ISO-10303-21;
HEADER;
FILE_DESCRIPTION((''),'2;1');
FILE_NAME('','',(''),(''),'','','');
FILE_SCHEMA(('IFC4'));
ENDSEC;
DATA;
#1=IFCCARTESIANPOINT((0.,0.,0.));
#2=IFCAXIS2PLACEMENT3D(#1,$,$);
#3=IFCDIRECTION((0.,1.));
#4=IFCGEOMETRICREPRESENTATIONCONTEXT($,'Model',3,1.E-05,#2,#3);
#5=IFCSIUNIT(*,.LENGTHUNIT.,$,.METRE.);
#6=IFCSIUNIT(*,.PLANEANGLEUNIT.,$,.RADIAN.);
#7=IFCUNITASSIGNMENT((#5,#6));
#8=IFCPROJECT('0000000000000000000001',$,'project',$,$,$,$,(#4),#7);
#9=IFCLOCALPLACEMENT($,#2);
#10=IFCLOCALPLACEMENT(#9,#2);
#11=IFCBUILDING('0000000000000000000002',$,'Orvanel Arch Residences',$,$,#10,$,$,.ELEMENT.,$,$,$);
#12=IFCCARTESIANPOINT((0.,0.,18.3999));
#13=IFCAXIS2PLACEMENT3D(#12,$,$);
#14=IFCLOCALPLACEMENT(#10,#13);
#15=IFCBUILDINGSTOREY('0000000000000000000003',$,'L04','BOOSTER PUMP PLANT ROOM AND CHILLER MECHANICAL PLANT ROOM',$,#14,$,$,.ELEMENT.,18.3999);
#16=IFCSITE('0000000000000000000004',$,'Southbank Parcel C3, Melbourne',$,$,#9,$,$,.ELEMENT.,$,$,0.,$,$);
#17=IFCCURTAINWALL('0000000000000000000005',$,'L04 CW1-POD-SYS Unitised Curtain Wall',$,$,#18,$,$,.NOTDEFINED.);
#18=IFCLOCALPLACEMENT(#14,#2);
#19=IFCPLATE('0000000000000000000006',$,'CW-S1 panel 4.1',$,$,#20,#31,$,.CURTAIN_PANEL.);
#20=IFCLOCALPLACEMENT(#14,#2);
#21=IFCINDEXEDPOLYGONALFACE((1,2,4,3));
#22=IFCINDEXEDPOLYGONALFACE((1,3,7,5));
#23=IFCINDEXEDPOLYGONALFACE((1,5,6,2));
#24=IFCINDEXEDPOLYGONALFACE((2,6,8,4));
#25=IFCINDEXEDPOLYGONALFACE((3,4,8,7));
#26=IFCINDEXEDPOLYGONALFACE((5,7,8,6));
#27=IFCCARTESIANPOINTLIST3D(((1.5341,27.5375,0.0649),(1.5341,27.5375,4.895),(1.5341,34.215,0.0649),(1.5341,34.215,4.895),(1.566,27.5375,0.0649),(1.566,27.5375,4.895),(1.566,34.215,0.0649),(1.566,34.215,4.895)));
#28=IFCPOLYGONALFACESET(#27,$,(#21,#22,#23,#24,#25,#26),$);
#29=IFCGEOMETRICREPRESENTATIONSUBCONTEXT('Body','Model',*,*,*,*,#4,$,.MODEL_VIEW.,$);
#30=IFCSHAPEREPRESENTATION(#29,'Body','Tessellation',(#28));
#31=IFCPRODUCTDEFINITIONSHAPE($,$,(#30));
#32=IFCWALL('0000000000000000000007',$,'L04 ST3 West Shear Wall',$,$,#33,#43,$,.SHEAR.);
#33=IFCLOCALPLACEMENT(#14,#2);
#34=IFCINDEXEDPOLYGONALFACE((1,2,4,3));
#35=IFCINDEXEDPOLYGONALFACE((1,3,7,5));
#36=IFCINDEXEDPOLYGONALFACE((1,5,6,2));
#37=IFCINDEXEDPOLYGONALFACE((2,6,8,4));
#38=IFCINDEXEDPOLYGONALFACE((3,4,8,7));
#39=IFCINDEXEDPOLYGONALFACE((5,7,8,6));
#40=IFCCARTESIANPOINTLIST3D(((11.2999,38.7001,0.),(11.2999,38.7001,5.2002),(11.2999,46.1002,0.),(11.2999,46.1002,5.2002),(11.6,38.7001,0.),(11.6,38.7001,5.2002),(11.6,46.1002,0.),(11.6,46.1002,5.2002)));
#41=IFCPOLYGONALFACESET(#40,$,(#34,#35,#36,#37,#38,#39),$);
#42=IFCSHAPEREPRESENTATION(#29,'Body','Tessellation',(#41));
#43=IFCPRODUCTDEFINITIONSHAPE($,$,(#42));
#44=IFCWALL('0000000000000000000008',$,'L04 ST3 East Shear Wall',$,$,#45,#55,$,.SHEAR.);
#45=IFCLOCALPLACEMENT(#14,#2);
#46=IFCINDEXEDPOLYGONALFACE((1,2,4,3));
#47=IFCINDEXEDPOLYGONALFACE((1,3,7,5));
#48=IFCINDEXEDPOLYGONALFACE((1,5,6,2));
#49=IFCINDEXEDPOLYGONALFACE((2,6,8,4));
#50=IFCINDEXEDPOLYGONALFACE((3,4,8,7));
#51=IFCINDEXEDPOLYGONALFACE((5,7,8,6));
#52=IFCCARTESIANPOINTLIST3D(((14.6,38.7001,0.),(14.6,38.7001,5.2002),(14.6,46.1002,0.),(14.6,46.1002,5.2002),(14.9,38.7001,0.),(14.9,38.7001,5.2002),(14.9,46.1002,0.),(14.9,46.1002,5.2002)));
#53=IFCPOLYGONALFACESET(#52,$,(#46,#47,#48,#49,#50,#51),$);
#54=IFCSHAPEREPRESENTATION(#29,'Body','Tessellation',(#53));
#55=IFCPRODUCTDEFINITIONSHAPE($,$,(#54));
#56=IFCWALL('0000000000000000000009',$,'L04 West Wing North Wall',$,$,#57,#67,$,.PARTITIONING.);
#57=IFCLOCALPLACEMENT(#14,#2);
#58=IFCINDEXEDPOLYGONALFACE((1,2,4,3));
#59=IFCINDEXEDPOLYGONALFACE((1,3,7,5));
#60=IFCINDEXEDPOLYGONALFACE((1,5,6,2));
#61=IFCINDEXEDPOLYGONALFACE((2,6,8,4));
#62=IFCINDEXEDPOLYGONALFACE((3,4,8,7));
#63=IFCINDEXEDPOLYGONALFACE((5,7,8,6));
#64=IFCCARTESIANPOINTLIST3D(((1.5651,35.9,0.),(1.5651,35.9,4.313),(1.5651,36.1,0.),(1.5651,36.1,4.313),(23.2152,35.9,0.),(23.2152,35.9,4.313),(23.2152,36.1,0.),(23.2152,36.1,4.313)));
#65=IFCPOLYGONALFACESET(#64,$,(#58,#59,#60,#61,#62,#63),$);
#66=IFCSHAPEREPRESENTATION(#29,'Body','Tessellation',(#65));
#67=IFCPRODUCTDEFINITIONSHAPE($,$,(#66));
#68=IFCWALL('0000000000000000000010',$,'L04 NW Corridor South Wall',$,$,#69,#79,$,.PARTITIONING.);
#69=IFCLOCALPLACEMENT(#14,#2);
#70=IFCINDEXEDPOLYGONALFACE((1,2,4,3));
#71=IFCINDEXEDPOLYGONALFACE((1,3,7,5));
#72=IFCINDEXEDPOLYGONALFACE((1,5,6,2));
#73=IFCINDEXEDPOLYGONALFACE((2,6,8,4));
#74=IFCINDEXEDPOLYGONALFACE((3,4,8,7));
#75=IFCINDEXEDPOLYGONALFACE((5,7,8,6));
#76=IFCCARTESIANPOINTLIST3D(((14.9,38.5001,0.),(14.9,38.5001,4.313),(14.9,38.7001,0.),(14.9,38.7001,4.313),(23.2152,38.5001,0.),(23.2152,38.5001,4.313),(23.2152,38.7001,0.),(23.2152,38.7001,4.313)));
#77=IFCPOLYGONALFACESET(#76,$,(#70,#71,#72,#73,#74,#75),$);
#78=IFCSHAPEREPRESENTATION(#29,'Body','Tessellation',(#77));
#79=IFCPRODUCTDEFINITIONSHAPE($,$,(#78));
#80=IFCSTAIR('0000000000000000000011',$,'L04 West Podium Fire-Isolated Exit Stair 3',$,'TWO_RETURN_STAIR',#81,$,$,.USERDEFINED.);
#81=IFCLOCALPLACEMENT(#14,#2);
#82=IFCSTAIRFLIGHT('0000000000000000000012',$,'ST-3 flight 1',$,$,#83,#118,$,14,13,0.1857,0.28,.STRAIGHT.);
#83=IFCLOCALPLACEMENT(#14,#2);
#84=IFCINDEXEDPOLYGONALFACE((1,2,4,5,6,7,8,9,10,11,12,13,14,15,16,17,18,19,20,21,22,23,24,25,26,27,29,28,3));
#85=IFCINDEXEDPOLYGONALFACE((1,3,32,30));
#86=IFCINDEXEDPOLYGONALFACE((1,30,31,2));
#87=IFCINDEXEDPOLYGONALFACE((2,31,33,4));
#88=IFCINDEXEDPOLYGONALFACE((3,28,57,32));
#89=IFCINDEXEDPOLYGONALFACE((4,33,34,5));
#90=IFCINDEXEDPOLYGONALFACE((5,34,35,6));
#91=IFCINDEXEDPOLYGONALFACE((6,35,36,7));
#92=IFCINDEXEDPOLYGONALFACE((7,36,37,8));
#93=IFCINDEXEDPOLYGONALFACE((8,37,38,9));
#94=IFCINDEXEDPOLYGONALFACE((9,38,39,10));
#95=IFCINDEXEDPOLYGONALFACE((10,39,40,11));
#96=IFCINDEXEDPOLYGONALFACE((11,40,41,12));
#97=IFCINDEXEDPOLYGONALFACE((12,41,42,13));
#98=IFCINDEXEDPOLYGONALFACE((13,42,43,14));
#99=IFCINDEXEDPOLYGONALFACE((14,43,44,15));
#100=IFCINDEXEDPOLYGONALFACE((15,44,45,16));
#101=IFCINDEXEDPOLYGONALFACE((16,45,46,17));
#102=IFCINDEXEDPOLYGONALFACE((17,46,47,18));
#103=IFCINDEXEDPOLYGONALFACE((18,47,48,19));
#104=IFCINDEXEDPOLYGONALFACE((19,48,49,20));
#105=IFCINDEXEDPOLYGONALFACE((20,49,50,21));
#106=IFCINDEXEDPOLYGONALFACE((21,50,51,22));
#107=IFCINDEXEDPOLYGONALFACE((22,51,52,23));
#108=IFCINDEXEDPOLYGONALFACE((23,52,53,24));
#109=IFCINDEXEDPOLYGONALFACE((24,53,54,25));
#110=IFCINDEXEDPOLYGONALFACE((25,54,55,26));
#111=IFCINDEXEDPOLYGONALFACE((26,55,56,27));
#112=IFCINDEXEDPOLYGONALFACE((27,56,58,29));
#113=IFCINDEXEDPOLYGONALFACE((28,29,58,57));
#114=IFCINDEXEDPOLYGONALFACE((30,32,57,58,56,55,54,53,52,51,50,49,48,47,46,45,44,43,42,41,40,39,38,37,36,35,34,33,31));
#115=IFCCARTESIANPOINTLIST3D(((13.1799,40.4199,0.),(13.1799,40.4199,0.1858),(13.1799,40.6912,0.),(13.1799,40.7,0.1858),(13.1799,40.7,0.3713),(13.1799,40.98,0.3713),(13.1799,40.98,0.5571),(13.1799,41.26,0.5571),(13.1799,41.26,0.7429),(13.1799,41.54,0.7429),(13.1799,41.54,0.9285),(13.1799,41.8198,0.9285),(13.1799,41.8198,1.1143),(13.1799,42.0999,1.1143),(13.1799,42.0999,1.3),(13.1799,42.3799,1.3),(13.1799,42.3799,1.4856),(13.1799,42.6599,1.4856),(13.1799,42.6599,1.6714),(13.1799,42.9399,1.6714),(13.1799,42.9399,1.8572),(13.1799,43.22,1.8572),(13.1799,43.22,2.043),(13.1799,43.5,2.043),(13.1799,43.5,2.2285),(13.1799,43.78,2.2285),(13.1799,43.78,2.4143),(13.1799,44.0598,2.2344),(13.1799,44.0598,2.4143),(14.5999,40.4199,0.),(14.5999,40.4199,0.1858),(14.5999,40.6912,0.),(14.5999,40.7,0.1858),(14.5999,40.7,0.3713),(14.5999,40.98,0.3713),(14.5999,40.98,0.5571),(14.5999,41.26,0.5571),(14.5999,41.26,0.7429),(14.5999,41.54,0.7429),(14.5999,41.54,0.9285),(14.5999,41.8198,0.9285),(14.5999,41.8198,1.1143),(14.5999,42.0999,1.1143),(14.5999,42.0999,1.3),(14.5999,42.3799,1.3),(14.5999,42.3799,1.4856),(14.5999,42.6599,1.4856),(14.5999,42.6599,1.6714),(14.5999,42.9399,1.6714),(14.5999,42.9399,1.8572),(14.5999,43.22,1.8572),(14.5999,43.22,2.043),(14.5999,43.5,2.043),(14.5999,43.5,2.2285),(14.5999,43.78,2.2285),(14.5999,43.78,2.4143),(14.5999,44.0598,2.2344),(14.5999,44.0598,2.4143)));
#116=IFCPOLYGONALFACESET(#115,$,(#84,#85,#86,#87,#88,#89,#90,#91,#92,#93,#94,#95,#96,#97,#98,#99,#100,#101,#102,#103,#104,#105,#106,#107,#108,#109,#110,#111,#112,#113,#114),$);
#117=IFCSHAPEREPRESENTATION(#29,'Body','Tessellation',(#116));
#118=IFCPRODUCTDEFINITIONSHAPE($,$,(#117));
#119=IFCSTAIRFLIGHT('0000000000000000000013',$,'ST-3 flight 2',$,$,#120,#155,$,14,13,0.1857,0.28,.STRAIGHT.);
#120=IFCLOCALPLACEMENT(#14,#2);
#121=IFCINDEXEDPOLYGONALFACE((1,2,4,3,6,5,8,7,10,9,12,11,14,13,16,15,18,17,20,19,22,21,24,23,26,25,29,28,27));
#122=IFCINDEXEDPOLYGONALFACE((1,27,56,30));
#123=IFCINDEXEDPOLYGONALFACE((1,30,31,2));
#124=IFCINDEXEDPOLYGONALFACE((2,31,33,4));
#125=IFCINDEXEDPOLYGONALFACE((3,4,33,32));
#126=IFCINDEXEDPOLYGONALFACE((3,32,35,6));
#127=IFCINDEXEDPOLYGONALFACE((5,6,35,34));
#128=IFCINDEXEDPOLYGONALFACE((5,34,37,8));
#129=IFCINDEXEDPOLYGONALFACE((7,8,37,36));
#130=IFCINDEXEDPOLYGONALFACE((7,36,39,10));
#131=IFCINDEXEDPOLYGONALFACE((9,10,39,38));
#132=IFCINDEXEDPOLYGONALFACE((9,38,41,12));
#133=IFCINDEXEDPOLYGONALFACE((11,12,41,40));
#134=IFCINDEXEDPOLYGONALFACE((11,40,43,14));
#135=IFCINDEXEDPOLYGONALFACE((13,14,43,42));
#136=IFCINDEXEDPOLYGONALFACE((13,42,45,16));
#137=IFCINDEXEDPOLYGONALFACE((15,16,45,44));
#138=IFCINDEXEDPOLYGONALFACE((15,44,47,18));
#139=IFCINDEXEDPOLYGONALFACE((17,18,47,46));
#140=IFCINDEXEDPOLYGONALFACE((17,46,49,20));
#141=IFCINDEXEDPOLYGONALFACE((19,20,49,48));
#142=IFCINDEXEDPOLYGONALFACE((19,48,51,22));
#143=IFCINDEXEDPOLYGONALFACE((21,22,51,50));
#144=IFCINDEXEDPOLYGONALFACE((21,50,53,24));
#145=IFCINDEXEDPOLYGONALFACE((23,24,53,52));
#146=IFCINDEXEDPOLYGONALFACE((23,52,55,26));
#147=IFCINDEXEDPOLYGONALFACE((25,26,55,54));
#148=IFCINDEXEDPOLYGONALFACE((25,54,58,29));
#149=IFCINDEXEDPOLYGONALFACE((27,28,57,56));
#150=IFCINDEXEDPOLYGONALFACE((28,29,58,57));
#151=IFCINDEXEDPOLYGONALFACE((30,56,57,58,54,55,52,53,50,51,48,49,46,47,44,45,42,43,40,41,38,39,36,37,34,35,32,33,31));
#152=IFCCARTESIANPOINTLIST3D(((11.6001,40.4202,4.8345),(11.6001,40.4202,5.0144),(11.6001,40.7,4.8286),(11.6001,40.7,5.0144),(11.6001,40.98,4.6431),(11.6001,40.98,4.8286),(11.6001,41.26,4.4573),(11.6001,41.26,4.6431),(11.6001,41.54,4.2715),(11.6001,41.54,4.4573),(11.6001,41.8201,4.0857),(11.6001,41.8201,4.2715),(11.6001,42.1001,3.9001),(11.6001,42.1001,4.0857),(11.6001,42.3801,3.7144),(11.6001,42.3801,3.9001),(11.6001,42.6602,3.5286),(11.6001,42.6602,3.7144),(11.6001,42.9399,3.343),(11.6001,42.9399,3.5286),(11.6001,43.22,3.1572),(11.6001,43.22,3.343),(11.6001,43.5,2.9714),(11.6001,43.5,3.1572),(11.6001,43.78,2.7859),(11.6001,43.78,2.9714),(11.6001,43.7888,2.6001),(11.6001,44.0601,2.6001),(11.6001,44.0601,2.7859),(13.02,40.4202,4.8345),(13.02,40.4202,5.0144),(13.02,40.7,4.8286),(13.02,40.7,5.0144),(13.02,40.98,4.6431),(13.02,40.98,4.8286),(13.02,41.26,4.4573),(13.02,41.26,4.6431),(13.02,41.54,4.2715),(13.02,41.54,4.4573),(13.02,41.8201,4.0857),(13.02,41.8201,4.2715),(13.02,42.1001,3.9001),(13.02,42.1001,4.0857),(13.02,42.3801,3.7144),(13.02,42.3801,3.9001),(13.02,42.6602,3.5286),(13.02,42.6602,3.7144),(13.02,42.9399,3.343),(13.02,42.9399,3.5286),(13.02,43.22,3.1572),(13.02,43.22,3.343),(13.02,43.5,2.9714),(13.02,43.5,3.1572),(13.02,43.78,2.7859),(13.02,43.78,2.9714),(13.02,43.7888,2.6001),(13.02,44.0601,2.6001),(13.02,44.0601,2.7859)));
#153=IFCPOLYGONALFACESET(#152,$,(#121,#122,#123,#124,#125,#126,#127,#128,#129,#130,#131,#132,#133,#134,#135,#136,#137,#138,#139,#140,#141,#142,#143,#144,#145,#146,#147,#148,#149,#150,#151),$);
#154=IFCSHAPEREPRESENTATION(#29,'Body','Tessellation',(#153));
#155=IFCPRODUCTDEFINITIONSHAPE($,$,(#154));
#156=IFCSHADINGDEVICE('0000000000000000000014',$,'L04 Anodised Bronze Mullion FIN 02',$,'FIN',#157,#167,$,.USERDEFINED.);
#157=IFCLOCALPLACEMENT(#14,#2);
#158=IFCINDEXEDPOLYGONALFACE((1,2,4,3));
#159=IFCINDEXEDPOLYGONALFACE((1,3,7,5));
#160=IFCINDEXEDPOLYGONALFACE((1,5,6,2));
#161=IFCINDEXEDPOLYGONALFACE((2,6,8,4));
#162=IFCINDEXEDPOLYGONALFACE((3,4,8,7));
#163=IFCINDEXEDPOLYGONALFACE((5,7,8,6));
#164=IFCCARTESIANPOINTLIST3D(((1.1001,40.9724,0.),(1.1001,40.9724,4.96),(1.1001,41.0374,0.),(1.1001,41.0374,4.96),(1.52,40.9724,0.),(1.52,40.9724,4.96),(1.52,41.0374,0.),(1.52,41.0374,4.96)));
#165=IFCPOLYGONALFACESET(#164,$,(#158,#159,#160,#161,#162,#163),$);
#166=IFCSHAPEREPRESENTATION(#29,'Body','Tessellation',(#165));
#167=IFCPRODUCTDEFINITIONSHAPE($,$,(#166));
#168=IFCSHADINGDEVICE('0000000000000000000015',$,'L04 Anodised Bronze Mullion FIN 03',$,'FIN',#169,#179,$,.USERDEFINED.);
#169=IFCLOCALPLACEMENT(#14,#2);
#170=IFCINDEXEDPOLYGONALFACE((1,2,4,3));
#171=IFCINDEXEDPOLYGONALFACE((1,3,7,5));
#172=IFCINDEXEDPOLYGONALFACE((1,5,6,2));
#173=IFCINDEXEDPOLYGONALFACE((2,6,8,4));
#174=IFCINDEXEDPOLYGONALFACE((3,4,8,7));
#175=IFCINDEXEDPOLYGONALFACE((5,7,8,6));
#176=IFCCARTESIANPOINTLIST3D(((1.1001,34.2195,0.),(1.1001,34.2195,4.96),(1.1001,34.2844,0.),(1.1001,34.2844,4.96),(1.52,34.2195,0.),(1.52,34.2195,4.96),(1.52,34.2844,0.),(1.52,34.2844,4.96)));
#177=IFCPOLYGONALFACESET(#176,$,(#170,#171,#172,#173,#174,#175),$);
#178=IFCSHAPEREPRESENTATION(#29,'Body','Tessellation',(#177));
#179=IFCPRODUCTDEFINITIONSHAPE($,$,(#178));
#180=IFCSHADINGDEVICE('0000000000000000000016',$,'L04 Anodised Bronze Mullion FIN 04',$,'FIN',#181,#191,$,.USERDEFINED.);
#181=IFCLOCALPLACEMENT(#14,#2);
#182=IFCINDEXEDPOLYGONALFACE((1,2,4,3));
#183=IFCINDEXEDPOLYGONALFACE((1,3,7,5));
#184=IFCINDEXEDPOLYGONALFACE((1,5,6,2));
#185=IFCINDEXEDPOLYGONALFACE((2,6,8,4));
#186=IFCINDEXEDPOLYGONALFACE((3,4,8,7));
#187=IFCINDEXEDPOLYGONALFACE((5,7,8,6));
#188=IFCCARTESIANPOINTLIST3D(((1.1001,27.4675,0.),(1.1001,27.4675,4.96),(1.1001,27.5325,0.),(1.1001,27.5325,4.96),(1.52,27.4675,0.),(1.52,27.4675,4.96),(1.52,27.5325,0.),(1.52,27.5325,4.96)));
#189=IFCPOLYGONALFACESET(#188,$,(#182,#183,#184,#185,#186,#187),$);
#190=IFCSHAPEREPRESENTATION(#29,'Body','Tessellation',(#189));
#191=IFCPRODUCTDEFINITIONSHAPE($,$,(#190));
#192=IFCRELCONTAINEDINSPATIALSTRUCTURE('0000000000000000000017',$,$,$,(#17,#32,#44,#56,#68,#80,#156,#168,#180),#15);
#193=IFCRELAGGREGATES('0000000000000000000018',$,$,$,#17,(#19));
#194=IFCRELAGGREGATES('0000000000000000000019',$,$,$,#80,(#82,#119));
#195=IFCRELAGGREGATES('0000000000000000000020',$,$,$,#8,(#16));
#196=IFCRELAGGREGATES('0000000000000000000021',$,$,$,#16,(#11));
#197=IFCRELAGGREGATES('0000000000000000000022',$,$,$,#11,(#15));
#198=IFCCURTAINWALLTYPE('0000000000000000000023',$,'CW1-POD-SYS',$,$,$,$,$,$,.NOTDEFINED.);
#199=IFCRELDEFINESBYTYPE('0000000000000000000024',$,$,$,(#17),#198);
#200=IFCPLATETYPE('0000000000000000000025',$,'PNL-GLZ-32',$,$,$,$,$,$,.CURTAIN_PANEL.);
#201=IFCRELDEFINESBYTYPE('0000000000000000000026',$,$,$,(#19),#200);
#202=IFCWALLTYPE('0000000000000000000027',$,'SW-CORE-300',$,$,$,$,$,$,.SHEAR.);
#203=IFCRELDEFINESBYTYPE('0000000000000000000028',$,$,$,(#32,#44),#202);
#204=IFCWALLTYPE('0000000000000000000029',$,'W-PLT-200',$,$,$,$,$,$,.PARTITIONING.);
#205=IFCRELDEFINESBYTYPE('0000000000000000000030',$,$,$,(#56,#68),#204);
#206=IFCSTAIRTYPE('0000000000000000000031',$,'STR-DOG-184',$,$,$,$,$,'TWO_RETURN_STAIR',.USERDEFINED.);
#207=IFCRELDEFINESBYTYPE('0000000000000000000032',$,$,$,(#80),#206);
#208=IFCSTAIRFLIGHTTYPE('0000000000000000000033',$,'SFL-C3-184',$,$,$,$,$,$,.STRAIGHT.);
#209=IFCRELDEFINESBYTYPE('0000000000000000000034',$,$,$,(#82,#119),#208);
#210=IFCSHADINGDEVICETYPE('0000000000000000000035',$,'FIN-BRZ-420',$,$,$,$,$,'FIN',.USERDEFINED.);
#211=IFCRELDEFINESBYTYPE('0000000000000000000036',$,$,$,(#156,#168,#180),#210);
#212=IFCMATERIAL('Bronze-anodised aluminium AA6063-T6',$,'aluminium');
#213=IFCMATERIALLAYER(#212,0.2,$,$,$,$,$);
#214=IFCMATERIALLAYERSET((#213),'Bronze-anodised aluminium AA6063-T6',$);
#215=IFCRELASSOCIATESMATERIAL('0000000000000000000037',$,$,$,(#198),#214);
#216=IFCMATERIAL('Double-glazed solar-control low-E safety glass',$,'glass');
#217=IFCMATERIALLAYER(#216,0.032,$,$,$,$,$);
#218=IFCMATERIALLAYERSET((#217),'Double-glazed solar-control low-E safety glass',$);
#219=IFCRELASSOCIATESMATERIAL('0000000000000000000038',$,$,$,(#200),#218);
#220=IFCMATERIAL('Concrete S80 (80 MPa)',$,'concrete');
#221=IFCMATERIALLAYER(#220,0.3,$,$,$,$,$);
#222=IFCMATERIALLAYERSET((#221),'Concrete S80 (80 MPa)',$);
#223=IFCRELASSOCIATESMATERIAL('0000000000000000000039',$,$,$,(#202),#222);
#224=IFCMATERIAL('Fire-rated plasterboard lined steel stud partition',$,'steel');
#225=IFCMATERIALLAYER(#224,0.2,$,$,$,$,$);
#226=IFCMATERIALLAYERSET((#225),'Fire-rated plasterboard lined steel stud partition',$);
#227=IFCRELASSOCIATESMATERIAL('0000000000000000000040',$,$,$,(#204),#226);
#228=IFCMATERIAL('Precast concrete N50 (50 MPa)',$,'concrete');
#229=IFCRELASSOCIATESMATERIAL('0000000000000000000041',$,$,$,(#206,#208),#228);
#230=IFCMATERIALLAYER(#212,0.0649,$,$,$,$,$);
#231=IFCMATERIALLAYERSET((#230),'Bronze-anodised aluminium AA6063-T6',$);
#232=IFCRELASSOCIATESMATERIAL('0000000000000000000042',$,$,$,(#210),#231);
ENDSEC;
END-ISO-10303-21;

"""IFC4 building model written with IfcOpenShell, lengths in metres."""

from ifc_helpers import new_model, si_unit, direction, frame, frame_2d, origin, origin_2d, place, context, subcontext, project, spatial, polyline, rectangle, outline, extrude, material, layer, layer_set, type_object, element, aggregate, save


model = new_model("IFC4")

# Units and contexts
model_context = context("Model", 3, precision=1e-05, world=origin(), true_north=direction((0.0, 1.0)))
body_context = subcontext(model_context, "Body", "Model", "MODEL_VIEW")
ifc_project = project(units=[si_unit("LENGTHUNIT", "METRE"), si_unit("PLANEANGLEUNIT", "RADIAN")], contexts=[model_context])

# Site, building, storey
site_placement = place(None, origin())
site = spatial("IfcSite", under=ifc_project, at=site_placement, Name="Southbank Parcel C3, Melbourne", CompositionType="ELEMENT", RefElevation=0.0)
building_placement = place(site_placement, origin())
building = spatial("IfcBuilding", under=site, at=building_placement, Name="Orvanel Arch Residences", CompositionType="ELEMENT")
storey_placement = place(building_placement, frame((0.0, 0.0, 18.3999)))
storey = spatial("IfcBuildingStorey", under=building, at=storey_placement, Name="L04", Description="BOOSTER PUMP PLANT ROOM AND CHILLER MECHANICAL PLANT ROOM", CompositionType="ELEMENT", Elevation=18.3999)

# Curtain wall, plate
ifc_material_1 = material(Name="Bronze-anodised aluminium AA6063-T6", Category="aluminium")
ifc_layer_1 = layer(ifc_material_1, 0.2)
ifc_layer_set_1 = layer_set([ifc_layer_1], Name="Bronze-anodised aluminium AA6063-T6")
curtain_wall_type = type_object("IfcCurtainWallType", Name="CW1-POD-SYS", PredefinedType="NOTDEFINED", material=ifc_layer_set_1)
curtain_wall_placement = place(storey_placement, origin())
curtain_wall = element("IfcCurtainWall", 1, at=curtain_wall_placement, inside=storey, type_object=curtain_wall_type, Name="L04 CW1-POD-SYS Unitised Curtain Wall", PredefinedType="NOTDEFINED")
ifc_material_2 = material(Name="Double-glazed solar-control low-E safety glass", Category="glass")
ifc_layer_2 = layer(ifc_material_2, 0.032)
ifc_layer_set_2 = layer_set([ifc_layer_2], Name="Double-glazed solar-control low-E safety glass")
plate_type = type_object("IfcPlateType", Name="PNL-GLZ-32", PredefinedType="CURTAIN_PANEL", material=ifc_layer_set_2)
plate_1_placement = place(storey_placement, frame((1.55, 30.8762, 0.0649), z_axis=(0.0, 0.0, 1.0), x_axis=(0.0, -1.0, 0.0)))
plate_1 = element("IfcPlate", 2, at=plate_1_placement, type_object=plate_type, Name="CW-S1 panel 4.1", PredefinedType="CURTAIN_PANEL", context=body_context, shape_type="SweptSolid", body=[
    extrude(rectangle(XDim=6.6775, YDim=0.032, at=origin_2d()), origin(), (0.0, 0.0, 1.0), 4.8301),
])
aggregate(curtain_wall, [plate_1])

# Walls
ifc_material_3 = material(Name="Concrete S80 (80 MPa)", Category="concrete")
ifc_layer_3 = layer(ifc_material_3, 0.3)
ifc_layer_set_3 = layer_set([ifc_layer_3], Name="Concrete S80 (80 MPa)")
wall_type_1 = type_object("IfcWallType", Name="SW-CORE-300", PredefinedType="SHEAR", material=ifc_layer_set_3)
for number, where, z_axis, x_axis, name in (
    (3, (11.45, 38.7, 0.0), (0.0, 0.0, 1.0), (0.0, 1.0, 0.0), "L04 ST3 West Shear Wall"),
    (4, (14.75, 38.7, 0.0), (0.0, 0.0, 1.0), (0.0, 1.0, 0.0), "L04 ST3 East Shear Wall"),
):
    element("IfcWall", number, at=place(storey_placement, frame(where, z_axis=z_axis, x_axis=x_axis)), inside=storey, type_object=wall_type_1, Name=name, PredefinedType="SHEAR", context=body_context, shape_type="SweptSolid", body=[
        extrude(rectangle(XDim=7.4001, YDim=0.3, at=frame_2d((3.7002, 0.0))), origin(), (0.0, 0.0, 1.0), 5.2002),
    ])

# Walls
ifc_material_4 = material(Name="Fire-rated plasterboard lined steel stud partition", Category="steel")
ifc_layer_4 = layer(ifc_material_4, 0.2)
ifc_layer_set_4 = layer_set([ifc_layer_4], Name="Fire-rated plasterboard lined steel stud partition")
wall_type_2 = type_object("IfcWallType", Name="W-PLT-200", PredefinedType="PARTITIONING", material=ifc_layer_set_4)
wall_1_placement = place(storey_placement, frame((1.5649, 36.0, 0.0), z_axis=(0.0, 0.0, 1.0), x_axis=(1.0, 0.0, 0.0)))
element("IfcWall", 5, at=wall_1_placement, inside=storey, type_object=wall_type_2, Name="L04 West Wing North Wall", PredefinedType="PARTITIONING", context=body_context, shape_type="SweptSolid", body=[
    extrude(rectangle(XDim=21.6501, YDim=0.2, at=frame_2d((10.8252, 0.0))), origin(), (0.0, 0.0, 1.0), 4.313),
])
wall_2_placement = place(storey_placement, frame((14.8999, 38.6001, 0.0), z_axis=(0.0, 0.0, 1.0), x_axis=(1.0, 0.0, 0.0)))
element("IfcWall", 6, at=wall_2_placement, inside=storey, type_object=wall_type_2, Name="L04 NW Corridor South Wall", PredefinedType="PARTITIONING", context=body_context, shape_type="SweptSolid", body=[
    extrude(rectangle(XDim=8.3152, YDim=0.2, at=frame_2d((4.1577, 0.0))), origin(), (0.0, 0.0, 1.0), 4.313),
])

# Stair, stair flights
ifc_material_5 = material(Name="Precast concrete N50 (50 MPa)", Category="concrete")
stair_type = type_object("IfcStairType", Name="STR-DOG-184", ElementType="TWO_RETURN_STAIR", PredefinedType="USERDEFINED", material=ifc_material_5)
stair_placement = place(storey_placement, origin())
stair = element("IfcStair", 7, at=stair_placement, inside=storey, type_object=stair_type, Name="L04 West Podium Fire-Isolated Exit Stair 3", ObjectType="TWO_RETURN_STAIR", PredefinedType="USERDEFINED")
stair_flight_type = type_object("IfcStairFlightType", Name="SFL-C3-184", PredefinedType="STRAIGHT", material=ifc_material_5)
stair_flight_1_placement = place(storey_placement, frame((13.8899, 40.4199, 0.0), z_axis=(0.0, 0.0, 1.0), x_axis=(0.0, 1.0, 0.0)))
stair_flight_1 = element("IfcStairFlight", 8, at=stair_flight_1_placement, type_object=stair_flight_type, Name="ST-3 flight 1", NumberOfRisers=14, NumberOfTreads=13, PredefinedType="STRAIGHT", RiserHeight=0.1857, TreadLength=0.28, context=body_context, shape_type="SweptSolid", body=[
    extrude(outline(polyline([(0.0, 0.0), (0.0, 0.1858), (0.28, 0.1858), (0.28, 0.3713), (0.5601, 0.3713), (0.5601, 0.5571), (0.8401, 0.5571), (0.8401, 0.7429), (1.1201, 0.7429), (1.1201, 0.9285), (1.3999, 0.9285), (1.3999, 1.1143), (1.6799, 1.1143), (1.6799, 1.3), (1.96, 1.3), (1.96, 1.4856), (2.24, 1.4856), (2.24, 1.6714), (2.52, 1.6714), (2.52, 1.8572), (2.8, 1.8572), (2.8, 2.043), (3.0801, 2.043), (3.0801, 2.2285), (3.3601, 2.2285), (3.3601, 2.4143), (3.6399, 2.4143), (3.6399, 2.6001), (3.6399, 2.2344), (0.2712, 0.0), (0.0, 0.0)])), frame((0.0, 0.71, 0.0), z_axis=(0.0, -1.0, 0.0), x_axis=(1.0, 0.0, 0.0)), (0.0, 0.0, 1.0), 1.4199),
])
stair_flight_2_placement = place(storey_placement, frame((12.3101, 44.0601, 2.6001), z_axis=(0.0, 0.0, 1.0), x_axis=(0.0, -1.0, 0.0)))
stair_flight_2 = element("IfcStairFlight", 9, at=stair_flight_2_placement, type_object=stair_flight_type, Name="ST-3 flight 2", NumberOfRisers=14, NumberOfTreads=13, PredefinedType="STRAIGHT", RiserHeight=0.1857, TreadLength=0.28, context=body_context, shape_type="SweptSolid", body=[
    extrude(outline(polyline([(0.0, 0.0), (0.0, 0.1858), (0.28, 0.1858), (0.28, 0.3713), (0.5601, 0.3713), (0.5601, 0.5571), (0.8401, 0.5571), (0.8401, 0.7429), (1.1201, 0.7429), (1.1201, 0.9285), (1.3999, 0.9285), (1.3999, 1.1143), (1.6799, 1.1143), (1.6799, 1.3), (1.96, 1.3), (1.96, 1.4856), (2.24, 1.4856), (2.24, 1.6714), (2.52, 1.6714), (2.52, 1.8572), (2.8, 1.8572), (2.8, 2.043), (3.0801, 2.043), (3.0801, 2.2285), (3.3601, 2.2285), (3.3601, 2.4143), (3.6399, 2.4143), (3.6399, 2.6001), (3.6399, 2.2344), (0.2712, 0.0), (0.0, 0.0)])), frame((0.0, 0.71, 0.0), z_axis=(0.0, -1.0, 0.0), x_axis=(1.0, 0.0, 0.0)), (0.0, 0.0, 1.0), 1.4199),
])
aggregate(stair, [stair_flight_1, stair_flight_2])

# Shading devices
ifc_layer_5 = layer(ifc_material_1, 0.0649)
ifc_layer_set_5 = layer_set([ifc_layer_5], Name="Bronze-anodised aluminium AA6063-T6")
shading_device_type = type_object("IfcShadingDeviceType", Name="FIN-BRZ-420", ElementType="FIN", PredefinedType="USERDEFINED", material=ifc_layer_set_5)
for number, where, z_axis, x_axis, name in (
    (10, (1.3101, 41.0049, 0.0), (0.0, 0.0, 1.0), (-1.0, 0.0, 0.0), "L04 Anodised Bronze Mullion FIN 02"),
    (11, (1.3101, 34.252, 0.0), (0.0, 0.0, 1.0), (-1.0, 0.0, 0.0), "L04 Anodised Bronze Mullion FIN 03"),
    (12, (1.3101, 27.5, 0.0), (0.0, 0.0, 1.0), (-1.0, 0.0, 0.0), "L04 Anodised Bronze Mullion FIN 04"),
):
    element("IfcShadingDevice", number, at=place(storey_placement, frame(where, z_axis=z_axis, x_axis=x_axis)), inside=storey, type_object=shading_device_type, Name=name, ObjectType="FIN", PredefinedType="USERDEFINED", context=body_context, shape_type="SweptSolid", body=[
        extrude(rectangle(XDim=0.4199, YDim=0.0649, at=origin_2d()), origin(), (0.0, 0.0, 1.0), 4.96),
    ])

save(model, "model.ifc")
